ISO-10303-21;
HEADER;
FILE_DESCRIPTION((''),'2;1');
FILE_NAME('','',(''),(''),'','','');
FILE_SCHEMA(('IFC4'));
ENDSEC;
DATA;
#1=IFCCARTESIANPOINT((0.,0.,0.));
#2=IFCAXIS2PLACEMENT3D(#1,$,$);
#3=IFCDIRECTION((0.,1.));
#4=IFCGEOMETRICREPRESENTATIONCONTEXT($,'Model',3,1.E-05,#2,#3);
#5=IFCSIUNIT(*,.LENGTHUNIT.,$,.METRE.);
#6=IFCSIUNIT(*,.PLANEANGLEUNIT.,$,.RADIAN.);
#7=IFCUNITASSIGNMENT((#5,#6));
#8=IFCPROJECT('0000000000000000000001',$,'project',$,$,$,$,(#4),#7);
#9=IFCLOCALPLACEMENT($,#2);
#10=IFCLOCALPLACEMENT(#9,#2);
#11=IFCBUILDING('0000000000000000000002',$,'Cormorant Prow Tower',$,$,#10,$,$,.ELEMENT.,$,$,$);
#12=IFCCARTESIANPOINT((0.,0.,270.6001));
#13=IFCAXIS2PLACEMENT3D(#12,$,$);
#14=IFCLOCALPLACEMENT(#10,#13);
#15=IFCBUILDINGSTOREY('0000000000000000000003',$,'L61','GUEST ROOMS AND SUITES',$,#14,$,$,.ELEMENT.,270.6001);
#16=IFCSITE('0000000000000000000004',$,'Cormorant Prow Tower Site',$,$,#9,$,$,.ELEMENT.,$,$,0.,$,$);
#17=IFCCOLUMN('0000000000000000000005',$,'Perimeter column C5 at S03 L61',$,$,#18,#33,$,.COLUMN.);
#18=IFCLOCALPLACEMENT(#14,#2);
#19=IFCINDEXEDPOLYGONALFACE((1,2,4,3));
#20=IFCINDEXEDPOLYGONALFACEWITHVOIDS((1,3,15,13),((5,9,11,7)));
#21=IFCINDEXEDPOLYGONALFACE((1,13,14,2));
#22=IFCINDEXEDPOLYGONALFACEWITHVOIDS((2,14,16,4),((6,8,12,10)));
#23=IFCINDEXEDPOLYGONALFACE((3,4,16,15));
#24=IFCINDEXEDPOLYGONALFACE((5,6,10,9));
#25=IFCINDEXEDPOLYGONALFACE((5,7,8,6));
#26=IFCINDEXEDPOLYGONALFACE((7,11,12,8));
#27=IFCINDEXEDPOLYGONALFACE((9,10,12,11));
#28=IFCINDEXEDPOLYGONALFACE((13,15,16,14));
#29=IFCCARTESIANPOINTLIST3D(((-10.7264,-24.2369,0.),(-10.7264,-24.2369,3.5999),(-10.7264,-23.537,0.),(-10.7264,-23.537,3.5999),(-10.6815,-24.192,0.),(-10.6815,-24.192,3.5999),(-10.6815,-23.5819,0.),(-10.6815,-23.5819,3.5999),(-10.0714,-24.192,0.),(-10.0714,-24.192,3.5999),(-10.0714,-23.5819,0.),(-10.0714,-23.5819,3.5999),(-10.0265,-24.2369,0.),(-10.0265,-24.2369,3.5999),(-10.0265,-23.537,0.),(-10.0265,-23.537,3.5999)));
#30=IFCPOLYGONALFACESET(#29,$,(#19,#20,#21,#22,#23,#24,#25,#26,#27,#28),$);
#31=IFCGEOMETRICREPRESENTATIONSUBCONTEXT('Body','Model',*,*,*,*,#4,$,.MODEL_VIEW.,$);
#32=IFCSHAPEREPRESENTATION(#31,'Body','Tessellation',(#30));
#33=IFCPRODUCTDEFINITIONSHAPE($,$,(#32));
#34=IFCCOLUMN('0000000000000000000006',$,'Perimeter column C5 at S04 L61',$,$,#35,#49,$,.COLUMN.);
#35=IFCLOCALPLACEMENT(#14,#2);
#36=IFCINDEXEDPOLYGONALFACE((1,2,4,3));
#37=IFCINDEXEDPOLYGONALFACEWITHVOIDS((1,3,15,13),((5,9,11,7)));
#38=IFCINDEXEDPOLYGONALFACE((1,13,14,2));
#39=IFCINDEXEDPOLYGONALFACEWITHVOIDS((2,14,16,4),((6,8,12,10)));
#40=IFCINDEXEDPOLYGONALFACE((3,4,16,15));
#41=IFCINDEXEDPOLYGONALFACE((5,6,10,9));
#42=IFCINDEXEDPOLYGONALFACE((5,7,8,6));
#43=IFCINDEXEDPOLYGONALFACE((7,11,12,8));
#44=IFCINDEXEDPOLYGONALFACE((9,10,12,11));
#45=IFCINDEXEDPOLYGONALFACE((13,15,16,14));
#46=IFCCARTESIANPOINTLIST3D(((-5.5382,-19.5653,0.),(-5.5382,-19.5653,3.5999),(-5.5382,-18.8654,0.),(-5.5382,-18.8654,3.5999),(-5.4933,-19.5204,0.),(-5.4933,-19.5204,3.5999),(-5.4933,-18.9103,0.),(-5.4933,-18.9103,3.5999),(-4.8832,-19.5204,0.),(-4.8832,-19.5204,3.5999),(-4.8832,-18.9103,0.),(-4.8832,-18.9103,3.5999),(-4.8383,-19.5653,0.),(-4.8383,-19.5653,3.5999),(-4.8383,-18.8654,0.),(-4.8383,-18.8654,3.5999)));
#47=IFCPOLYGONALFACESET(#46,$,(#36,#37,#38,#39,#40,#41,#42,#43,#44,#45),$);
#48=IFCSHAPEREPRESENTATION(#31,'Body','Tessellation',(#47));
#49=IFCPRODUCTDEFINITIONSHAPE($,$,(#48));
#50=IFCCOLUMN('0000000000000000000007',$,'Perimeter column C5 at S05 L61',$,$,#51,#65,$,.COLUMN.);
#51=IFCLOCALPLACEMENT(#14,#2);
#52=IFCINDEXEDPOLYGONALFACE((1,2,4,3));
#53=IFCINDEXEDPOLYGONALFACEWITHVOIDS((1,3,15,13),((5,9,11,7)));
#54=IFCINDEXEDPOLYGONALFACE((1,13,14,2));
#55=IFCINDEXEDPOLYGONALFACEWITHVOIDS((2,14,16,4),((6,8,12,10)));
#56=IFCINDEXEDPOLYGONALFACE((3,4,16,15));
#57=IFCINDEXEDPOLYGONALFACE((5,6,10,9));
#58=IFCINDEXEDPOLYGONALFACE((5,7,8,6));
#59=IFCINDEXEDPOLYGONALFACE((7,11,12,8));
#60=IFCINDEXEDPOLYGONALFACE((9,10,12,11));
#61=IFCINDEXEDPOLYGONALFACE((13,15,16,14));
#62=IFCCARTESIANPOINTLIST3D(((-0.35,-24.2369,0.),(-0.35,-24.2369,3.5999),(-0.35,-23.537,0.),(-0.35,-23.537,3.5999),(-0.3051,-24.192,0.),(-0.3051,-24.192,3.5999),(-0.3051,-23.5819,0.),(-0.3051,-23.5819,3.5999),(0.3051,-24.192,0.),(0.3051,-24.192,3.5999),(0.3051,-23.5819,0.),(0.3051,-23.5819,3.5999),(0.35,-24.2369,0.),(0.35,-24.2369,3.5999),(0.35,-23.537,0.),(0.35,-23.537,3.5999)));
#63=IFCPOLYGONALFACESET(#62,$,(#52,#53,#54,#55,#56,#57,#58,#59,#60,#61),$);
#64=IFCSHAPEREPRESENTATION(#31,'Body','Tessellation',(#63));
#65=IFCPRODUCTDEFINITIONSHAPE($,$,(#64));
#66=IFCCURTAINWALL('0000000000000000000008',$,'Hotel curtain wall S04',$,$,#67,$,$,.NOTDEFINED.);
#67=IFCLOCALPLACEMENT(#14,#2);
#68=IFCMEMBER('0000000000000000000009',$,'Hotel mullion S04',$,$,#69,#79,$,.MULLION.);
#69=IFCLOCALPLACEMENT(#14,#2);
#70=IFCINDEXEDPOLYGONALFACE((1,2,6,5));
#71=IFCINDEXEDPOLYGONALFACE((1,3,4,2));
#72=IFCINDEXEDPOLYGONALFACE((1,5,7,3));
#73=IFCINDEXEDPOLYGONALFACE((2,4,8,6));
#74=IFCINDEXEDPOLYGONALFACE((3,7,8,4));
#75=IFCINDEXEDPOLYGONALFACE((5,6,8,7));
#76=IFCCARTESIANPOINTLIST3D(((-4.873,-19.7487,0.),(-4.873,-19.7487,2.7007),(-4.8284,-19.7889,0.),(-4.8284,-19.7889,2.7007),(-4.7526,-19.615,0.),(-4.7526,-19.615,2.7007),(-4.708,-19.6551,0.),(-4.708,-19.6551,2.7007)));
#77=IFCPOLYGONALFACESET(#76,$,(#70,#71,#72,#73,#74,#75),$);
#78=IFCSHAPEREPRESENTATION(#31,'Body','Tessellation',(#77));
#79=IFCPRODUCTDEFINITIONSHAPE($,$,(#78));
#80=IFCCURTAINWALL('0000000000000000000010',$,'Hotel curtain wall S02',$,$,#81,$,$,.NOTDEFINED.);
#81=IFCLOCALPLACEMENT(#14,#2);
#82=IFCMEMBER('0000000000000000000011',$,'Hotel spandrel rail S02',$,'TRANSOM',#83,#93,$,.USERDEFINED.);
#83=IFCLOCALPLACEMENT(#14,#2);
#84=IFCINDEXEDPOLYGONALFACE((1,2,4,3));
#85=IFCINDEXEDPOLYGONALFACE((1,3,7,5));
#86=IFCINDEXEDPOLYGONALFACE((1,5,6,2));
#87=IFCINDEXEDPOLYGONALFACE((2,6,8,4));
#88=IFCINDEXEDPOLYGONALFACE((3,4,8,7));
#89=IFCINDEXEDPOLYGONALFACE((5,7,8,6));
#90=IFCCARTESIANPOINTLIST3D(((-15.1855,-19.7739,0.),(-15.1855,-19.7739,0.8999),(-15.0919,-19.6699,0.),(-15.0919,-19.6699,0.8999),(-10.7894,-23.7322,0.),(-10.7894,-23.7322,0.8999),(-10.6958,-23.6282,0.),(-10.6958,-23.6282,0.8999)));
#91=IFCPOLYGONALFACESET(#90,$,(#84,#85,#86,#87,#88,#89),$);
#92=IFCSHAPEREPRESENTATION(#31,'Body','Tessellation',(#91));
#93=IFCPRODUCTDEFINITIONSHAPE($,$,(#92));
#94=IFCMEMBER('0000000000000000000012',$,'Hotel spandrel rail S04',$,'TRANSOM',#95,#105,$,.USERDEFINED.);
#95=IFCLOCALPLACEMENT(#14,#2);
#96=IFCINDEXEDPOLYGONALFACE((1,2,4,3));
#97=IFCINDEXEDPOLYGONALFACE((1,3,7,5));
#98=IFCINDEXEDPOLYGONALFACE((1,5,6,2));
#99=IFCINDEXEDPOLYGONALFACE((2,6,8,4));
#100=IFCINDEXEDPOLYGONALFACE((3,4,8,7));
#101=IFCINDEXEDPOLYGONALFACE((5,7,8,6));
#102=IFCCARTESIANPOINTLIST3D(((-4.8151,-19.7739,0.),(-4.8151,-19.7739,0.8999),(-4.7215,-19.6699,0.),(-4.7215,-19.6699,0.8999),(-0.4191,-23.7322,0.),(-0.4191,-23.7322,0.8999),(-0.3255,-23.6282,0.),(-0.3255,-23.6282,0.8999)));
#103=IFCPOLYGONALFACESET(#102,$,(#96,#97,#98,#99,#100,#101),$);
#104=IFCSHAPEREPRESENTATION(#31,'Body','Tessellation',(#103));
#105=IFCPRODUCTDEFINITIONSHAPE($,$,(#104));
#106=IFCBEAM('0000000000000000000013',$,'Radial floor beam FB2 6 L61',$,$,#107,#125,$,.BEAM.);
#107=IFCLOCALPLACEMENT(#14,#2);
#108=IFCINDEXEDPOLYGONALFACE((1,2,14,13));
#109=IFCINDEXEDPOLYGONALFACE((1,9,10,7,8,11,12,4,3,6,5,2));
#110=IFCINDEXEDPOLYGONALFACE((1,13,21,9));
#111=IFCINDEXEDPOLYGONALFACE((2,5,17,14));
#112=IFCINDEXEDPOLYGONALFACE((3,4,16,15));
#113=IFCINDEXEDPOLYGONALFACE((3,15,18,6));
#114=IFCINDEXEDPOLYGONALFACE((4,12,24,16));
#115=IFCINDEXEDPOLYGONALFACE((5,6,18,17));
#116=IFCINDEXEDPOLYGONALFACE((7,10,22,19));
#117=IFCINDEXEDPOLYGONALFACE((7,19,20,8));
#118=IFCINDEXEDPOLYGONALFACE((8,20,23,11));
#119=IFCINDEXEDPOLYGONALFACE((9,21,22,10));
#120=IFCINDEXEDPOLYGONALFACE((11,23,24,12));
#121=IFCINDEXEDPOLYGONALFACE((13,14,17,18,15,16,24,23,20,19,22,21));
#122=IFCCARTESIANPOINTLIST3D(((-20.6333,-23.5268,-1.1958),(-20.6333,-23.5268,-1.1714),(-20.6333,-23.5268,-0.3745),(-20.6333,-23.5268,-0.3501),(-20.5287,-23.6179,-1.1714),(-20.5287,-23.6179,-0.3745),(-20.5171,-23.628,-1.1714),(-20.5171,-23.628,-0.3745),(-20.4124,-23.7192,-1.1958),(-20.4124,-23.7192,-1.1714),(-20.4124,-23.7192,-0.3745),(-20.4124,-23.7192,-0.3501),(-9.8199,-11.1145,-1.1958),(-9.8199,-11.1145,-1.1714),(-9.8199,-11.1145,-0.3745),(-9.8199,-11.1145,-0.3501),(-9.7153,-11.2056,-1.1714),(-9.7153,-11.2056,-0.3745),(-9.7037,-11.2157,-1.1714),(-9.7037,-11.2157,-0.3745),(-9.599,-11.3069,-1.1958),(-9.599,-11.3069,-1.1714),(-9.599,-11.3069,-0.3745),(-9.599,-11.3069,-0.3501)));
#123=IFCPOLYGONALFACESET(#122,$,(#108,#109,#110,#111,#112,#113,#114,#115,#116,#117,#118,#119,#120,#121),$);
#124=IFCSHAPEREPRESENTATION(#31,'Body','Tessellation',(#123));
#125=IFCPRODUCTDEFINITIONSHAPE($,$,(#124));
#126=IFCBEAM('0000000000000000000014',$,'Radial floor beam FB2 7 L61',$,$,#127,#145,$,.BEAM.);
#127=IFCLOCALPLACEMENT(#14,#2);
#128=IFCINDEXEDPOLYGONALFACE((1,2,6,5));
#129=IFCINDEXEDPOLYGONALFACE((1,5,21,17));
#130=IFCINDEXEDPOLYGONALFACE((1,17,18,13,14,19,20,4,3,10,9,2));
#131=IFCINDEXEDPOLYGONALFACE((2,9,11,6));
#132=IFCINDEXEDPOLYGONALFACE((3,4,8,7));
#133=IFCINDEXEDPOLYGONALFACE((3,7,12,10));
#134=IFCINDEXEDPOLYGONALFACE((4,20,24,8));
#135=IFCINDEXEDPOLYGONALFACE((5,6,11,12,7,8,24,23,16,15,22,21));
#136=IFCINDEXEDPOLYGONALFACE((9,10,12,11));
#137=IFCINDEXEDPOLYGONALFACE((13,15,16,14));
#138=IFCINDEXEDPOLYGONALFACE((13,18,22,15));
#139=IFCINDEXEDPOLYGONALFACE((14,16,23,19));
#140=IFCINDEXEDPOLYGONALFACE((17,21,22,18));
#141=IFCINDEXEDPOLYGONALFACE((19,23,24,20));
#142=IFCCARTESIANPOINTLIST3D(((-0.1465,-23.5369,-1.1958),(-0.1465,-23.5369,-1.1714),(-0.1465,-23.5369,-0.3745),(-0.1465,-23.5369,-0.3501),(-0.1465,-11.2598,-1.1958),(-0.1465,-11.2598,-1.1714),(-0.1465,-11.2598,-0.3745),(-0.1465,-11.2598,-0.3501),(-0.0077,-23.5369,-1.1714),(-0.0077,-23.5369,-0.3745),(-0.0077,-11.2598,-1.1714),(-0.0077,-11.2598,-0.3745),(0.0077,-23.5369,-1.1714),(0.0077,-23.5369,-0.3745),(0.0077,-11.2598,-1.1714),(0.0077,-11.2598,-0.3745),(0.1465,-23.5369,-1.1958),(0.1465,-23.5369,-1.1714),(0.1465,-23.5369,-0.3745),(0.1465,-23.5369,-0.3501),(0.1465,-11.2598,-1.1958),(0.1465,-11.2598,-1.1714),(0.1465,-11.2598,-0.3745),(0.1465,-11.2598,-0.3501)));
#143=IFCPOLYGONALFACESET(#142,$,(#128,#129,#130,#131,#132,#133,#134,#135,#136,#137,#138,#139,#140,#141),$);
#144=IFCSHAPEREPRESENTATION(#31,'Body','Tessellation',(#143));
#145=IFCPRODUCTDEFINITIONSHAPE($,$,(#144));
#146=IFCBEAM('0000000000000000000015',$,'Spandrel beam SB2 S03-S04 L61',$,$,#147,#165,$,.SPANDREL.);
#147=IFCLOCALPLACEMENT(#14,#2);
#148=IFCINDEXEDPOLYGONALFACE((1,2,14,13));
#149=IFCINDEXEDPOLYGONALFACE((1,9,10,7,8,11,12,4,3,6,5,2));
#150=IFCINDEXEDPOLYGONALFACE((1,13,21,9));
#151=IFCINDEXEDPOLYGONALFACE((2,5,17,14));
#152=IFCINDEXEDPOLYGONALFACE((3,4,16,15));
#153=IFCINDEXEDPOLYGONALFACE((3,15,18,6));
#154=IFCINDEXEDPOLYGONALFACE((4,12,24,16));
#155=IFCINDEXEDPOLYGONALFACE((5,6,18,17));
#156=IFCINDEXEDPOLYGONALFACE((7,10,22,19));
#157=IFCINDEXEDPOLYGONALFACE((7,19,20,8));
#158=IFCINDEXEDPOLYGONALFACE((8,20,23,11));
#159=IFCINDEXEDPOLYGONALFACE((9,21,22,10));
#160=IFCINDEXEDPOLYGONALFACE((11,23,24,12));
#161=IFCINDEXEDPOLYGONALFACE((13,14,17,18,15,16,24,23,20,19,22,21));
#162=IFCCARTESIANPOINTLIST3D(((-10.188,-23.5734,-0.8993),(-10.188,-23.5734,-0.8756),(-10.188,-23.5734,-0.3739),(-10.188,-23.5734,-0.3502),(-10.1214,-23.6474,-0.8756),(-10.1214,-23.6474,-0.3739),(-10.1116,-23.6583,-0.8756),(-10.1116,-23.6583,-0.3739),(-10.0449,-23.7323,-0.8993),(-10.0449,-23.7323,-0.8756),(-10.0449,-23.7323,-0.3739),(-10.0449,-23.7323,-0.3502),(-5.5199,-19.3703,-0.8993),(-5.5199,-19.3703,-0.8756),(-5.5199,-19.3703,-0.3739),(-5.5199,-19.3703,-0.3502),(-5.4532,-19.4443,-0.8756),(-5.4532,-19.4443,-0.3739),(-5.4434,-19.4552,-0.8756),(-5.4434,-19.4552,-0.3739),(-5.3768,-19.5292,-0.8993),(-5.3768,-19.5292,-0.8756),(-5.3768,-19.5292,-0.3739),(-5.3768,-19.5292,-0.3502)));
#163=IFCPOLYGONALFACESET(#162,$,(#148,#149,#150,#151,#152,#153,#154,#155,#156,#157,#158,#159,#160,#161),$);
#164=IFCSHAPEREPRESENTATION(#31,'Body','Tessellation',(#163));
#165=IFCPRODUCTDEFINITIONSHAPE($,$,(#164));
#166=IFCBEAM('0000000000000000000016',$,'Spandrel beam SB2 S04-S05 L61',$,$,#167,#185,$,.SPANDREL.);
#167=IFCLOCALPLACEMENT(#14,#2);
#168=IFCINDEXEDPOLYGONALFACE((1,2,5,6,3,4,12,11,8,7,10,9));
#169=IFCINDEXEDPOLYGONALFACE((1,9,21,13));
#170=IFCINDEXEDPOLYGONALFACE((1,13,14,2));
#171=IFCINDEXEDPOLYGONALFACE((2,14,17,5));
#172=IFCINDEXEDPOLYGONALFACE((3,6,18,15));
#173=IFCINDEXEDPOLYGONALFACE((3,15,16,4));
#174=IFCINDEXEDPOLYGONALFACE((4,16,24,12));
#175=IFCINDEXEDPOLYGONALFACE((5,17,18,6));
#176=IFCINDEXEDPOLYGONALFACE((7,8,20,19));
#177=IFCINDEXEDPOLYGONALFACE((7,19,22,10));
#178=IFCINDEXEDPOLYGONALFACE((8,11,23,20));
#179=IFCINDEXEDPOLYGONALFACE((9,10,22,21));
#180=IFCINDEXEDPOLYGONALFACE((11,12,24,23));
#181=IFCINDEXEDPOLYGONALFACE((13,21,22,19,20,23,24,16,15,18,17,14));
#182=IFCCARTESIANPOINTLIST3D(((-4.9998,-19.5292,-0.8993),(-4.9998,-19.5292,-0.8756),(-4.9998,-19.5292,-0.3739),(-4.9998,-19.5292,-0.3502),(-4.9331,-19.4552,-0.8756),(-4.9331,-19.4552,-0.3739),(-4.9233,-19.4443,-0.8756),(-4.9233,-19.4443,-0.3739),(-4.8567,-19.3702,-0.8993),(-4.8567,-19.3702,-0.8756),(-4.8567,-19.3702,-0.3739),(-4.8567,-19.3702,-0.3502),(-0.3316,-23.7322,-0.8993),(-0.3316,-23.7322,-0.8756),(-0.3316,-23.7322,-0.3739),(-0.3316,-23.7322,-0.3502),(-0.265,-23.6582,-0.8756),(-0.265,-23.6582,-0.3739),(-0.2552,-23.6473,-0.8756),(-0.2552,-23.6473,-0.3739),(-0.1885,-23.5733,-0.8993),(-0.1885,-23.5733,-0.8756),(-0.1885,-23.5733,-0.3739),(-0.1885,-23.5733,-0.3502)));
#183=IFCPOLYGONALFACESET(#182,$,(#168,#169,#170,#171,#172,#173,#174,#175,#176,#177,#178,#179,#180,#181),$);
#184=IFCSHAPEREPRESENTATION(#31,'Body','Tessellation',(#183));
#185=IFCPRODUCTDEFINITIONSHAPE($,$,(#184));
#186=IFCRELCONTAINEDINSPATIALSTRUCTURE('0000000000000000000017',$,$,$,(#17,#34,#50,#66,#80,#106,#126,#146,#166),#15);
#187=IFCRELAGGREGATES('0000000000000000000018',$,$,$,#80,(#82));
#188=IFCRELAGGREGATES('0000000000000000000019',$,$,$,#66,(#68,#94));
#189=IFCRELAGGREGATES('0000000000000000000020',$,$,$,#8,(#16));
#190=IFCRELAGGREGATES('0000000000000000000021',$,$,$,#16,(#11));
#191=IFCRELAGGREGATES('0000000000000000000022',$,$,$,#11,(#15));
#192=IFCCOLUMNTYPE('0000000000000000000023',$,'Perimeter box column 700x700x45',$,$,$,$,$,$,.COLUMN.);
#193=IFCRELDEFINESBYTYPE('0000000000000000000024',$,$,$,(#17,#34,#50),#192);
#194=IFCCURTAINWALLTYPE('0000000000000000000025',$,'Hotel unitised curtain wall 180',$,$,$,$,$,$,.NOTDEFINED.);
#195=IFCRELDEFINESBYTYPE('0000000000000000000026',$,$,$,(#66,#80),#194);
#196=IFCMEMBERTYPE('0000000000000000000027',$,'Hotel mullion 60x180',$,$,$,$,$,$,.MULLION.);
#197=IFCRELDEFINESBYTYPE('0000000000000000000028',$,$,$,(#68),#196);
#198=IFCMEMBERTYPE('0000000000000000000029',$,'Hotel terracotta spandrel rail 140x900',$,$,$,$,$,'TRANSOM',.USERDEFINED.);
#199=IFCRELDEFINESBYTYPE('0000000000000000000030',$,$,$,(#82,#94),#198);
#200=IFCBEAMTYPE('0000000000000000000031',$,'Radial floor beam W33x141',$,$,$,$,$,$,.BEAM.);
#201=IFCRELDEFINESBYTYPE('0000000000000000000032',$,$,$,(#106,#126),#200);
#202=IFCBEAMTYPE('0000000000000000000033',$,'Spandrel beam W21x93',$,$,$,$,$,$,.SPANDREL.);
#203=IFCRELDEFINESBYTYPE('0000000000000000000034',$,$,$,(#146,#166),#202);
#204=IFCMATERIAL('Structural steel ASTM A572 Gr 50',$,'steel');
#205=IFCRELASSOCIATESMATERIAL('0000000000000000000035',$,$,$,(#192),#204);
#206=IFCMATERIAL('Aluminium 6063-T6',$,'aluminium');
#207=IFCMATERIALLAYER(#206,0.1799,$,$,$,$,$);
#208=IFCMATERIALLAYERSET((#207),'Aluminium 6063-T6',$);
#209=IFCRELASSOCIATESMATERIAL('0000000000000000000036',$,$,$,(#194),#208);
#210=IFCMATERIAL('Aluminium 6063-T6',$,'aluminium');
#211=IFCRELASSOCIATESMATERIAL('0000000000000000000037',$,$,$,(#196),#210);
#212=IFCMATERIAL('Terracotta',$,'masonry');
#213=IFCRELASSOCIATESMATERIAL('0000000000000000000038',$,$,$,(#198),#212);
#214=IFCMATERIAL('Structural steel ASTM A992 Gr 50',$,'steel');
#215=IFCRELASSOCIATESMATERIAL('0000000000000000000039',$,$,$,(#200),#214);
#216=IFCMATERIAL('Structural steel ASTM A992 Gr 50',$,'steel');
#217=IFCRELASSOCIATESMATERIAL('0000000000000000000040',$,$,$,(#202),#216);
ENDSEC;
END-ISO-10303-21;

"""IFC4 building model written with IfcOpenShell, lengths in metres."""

from ifc_helpers import new_model, si_unit, direction, frame, origin, origin_2d, place, context, subcontext, project, spatial, rectangle, hollow_rectangle, i_section, extrude, material, layer, layer_set, material_profile, profile_set, type_object, element, aggregate, save


model = new_model("IFC4")

# Units and contexts
model_context = context("Model", 3, precision=1e-05, world=origin(), true_north=direction((0.0, 1.0)))
body_context = subcontext(model_context, "Body", "Model", "MODEL_VIEW")
ifc_project = project(units=[si_unit("LENGTHUNIT", "METRE"), si_unit("PLANEANGLEUNIT", "RADIAN")], contexts=[model_context])

# Site, building, storey
site_placement = place(None, origin())
site = spatial("IfcSite", under=ifc_project, at=site_placement, Name="Cormorant Prow Tower Site", CompositionType="ELEMENT", RefElevation=0.0)
building_placement = place(site_placement, origin())
building = spatial("IfcBuilding", under=site, at=building_placement, Name="Cormorant Prow Tower", CompositionType="ELEMENT")
storey_placement = place(building_placement, frame((0.0, 0.0, 270.6001)))
storey = spatial("IfcBuildingStorey", under=building, at=storey_placement, Name="L61", Description="GUEST ROOMS AND SUITES", CompositionType="ELEMENT", Elevation=270.6001)

# Columns
ifc_material_1 = material(Name="Structural steel ASTM A572 Gr 50", Category="steel")
ifc_material_profile_1 = material_profile(ifc_material_1, hollow_rectangle(XDim=0.7, YDim=0.7, WallThickness=0.0449, at=origin_2d()), Name="Box 700x700x45")
ifc_profile_set_1 = profile_set([ifc_material_profile_1], Name="Structural steel ASTM A572 Gr 50")
column_type = type_object("IfcColumnType", Name="Perimeter box column 700x700x45", PredefinedType="COLUMN", material=ifc_profile_set_1)
for number, where, z_axis, x_axis, name in (
    (1, (-10.3765, -23.887, 0.0), (0.0, 0.0, 1.0), (1.0, 0.0, 0.0), "Perimeter column C5 at S03 L61"),
    (2, (-5.1882, -19.2153, 0.0), (0.0, 0.0, 1.0), (1.0, 0.0, 0.0), "Perimeter column C5 at S04 L61"),
    (3, (0.0, -23.887, 0.0), (0.0, 0.0, 1.0), (1.0, 0.0, 0.0), "Perimeter column C5 at S05 L61"),
):
    element("IfcColumn", number, at=place(storey_placement, frame(where, z_axis=z_axis, x_axis=x_axis)), inside=storey, type_object=column_type, Name=name, PredefinedType="COLUMN", context=body_context, shape_type="SweptSolid", body=[
        extrude(hollow_rectangle(XDim=0.7, YDim=0.7, WallThickness=0.0449, at=origin_2d()), origin(), (0.0, 0.0, 1.0), 3.5999),
    ])

# Curtain walls, members
ifc_material_2 = material(Name="Aluminium 6063-T6", Category="aluminium")
ifc_layer_1 = layer(ifc_material_2, 0.1799)
ifc_layer_set_1 = layer_set([ifc_layer_1], Name="Aluminium 6063-T6")
curtain_wall_type = type_object("IfcCurtainWallType", Name="Hotel unitised curtain wall 180", PredefinedType="NOTDEFINED", material=ifc_layer_set_1)
curtain_wall_1_placement = place(storey_placement, origin())
curtain_wall_1 = element("IfcCurtainWall", 4, at=curtain_wall_1_placement, inside=storey, type_object=curtain_wall_type, Name="Hotel curtain wall S04", PredefinedType="NOTDEFINED")
ifc_material_3 = material(Name="Aluminium 6063-T6", Category="aluminium")
ifc_material_profile_2 = material_profile(ifc_material_3, rectangle(XDim=0.1799, YDim=0.0601, at=origin_2d()), Name="Hotel mullion 60x180")
ifc_profile_set_2 = profile_set([ifc_material_profile_2], Name="Aluminium 6063-T6")
member_type_1 = type_object("IfcMemberType", Name="Hotel mullion 60x180", PredefinedType="MULLION", material=ifc_profile_set_2)
member_1_placement = place(storey_placement, frame((-4.7905, -19.7019, 0.0), z_axis=(0.0, 0.0, 1.0), x_axis=(0.669131, 0.743145, 0.0)))
member_1 = element("IfcMember", 5, at=member_1_placement, type_object=member_type_1, Name="Hotel mullion S04", PredefinedType="MULLION", context=body_context, shape_type="SweptSolid", body=[
    extrude(rectangle(XDim=0.1799, YDim=0.0601, at=origin_2d()), origin(), (0.0, 0.0, 1.0), 2.7007),
])
curtain_wall_2_placement = place(storey_placement, origin())
curtain_wall_2 = element("IfcCurtainWall", 6, at=curtain_wall_2_placement, inside=storey, type_object=curtain_wall_type, Name="Hotel curtain wall S02", PredefinedType="NOTDEFINED")
ifc_material_4 = material(Name="Terracotta", Category="masonry")
ifc_material_profile_3 = material_profile(ifc_material_4, rectangle(XDim=0.1399, YDim=0.8999, at=origin_2d()), Name="Hotel terracotta spandrel rail 140x900")
ifc_profile_set_3 = profile_set([ifc_material_profile_3], Name="Terracotta")
member_type_2 = type_object("IfcMemberType", Name="Hotel terracotta spandrel rail 140x900", ElementType="TRANSOM", PredefinedType="USERDEFINED", material=ifc_profile_set_3)
member_2_placement = place(storey_placement, frame((-15.1387, -19.7219, 0.45), z_axis=(0.743138, -0.669138, 0.0), x_axis=(0.669138, 0.743138, 0.0)))
member_2 = element("IfcMember", 7, at=member_2_placement, type_object=member_type_2, Name="Hotel spandrel rail S02", ObjectType="TRANSOM", PredefinedType="USERDEFINED", context=body_context, shape_type="SweptSolid", body=[
    extrude(rectangle(XDim=0.1399, YDim=0.8999, at=origin_2d()), origin(), (0.0, 0.0, 1.0), 5.9155),
])

# Member
member_3_placement = place(storey_placement, frame((-4.7683, -19.7219, 0.45), z_axis=(0.743138, -0.669138, 0.0), x_axis=(0.669138, 0.743138, 0.0)))
member_3 = element("IfcMember", 8, at=member_3_placement, type_object=member_type_2, Name="Hotel spandrel rail S04", ObjectType="TRANSOM", PredefinedType="USERDEFINED", context=body_context, shape_type="SweptSolid", body=[
    extrude(rectangle(XDim=0.1399, YDim=0.8999, at=origin_2d()), origin(), (0.0, 0.0, 1.0), 5.9155),
])

# Beams
ifc_material_5 = material(Name="Structural steel ASTM A992 Gr 50", Category="steel")
ifc_material_profile_4 = material_profile(ifc_material_5, i_section(OverallWidth=0.293, OverallDepth=0.8457, WebThickness=0.0154, FlangeThickness=0.0244, at=origin_2d()), Name="W33x141")
ifc_profile_set_4 = profile_set([ifc_material_profile_4], Name="Structural steel ASTM A992 Gr 50")
beam_type_1 = type_object("IfcBeamType", Name="Radial floor beam W33x141", PredefinedType="BEAM", material=ifc_profile_set_4)
beam_1_placement = place(storey_placement, frame((-9.7095, -11.2107, -0.7729), z_axis=(-0.656875, -0.754, 0.0), x_axis=(0.754, -0.656875, 0.0)))
element("IfcBeam", 9, at=beam_1_placement, inside=storey, type_object=beam_type_1, Name="Radial floor beam FB2 6 L61", PredefinedType="BEAM", context=body_context, shape_type="SweptSolid", body=[
    extrude(i_section(OverallWidth=0.293, OverallDepth=0.8457, WebThickness=0.0154, FlangeThickness=0.0244, at=origin_2d()), origin(), (0.0, 0.0, 1.0), 16.4619),
])
beam_2_placement = place(storey_placement, frame((0.0, -11.2598, -0.7729), z_axis=(0.0, -1.0, 0.0), x_axis=(1.0, 0.0, 0.0)))
element("IfcBeam", 10, at=beam_2_placement, inside=storey, type_object=beam_type_1, Name="Radial floor beam FB2 7 L61", PredefinedType="BEAM", context=body_context, shape_type="SweptSolid", body=[
    extrude(i_section(OverallWidth=0.293, OverallDepth=0.8457, WebThickness=0.0154, FlangeThickness=0.0244, at=origin_2d()), origin(), (0.0, 0.0, 1.0), 12.2771),
])
ifc_material_6 = material(Name="Structural steel ASTM A992 Gr 50", Category="steel")
ifc_material_profile_5 = material_profile(ifc_material_6, i_section(OverallWidth=0.2139, OverallDepth=0.5491, WebThickness=0.0146, FlangeThickness=0.0237, at=origin_2d()), Name="W21x93")
ifc_profile_set_5 = profile_set([ifc_material_profile_5], Name="Structural steel ASTM A992 Gr 50")
beam_type_2 = type_object("IfcBeamType", Name="Spandrel beam W21x93", PredefinedType="SPANDREL", material=ifc_profile_set_5)
for number, where, z_axis, x_axis, name in (
    (11, (-10.1165, -23.6528, -0.6248), (0.743157, 0.669117, 0.0), (-0.669117, 0.743157, 0.0), "Spandrel beam SB2 S03-S04 L61"),
    (12, (-4.9282, -19.4497, -0.6248), (0.743157, -0.669117, 0.0), (0.669117, 0.743157, 0.0), "Spandrel beam SB2 S04-S05 L61"),
):
    element("IfcBeam", number, at=place(storey_placement, frame(where, z_axis=z_axis, x_axis=x_axis)), inside=storey, type_object=beam_type_2, Name=name, PredefinedType="SPANDREL", context=body_context, shape_type="SweptSolid", body=[
        extrude(i_section(OverallWidth=0.2139, OverallDepth=0.5491, WebThickness=0.0146, FlangeThickness=0.0237, at=origin_2d()), origin(), (0.0, 0.0, 1.0), 6.2815),
    ])

aggregate(curtain_wall_2, [member_2])
aggregate(curtain_wall_1, [member_1, member_3])

save(model, "model.ifc")
